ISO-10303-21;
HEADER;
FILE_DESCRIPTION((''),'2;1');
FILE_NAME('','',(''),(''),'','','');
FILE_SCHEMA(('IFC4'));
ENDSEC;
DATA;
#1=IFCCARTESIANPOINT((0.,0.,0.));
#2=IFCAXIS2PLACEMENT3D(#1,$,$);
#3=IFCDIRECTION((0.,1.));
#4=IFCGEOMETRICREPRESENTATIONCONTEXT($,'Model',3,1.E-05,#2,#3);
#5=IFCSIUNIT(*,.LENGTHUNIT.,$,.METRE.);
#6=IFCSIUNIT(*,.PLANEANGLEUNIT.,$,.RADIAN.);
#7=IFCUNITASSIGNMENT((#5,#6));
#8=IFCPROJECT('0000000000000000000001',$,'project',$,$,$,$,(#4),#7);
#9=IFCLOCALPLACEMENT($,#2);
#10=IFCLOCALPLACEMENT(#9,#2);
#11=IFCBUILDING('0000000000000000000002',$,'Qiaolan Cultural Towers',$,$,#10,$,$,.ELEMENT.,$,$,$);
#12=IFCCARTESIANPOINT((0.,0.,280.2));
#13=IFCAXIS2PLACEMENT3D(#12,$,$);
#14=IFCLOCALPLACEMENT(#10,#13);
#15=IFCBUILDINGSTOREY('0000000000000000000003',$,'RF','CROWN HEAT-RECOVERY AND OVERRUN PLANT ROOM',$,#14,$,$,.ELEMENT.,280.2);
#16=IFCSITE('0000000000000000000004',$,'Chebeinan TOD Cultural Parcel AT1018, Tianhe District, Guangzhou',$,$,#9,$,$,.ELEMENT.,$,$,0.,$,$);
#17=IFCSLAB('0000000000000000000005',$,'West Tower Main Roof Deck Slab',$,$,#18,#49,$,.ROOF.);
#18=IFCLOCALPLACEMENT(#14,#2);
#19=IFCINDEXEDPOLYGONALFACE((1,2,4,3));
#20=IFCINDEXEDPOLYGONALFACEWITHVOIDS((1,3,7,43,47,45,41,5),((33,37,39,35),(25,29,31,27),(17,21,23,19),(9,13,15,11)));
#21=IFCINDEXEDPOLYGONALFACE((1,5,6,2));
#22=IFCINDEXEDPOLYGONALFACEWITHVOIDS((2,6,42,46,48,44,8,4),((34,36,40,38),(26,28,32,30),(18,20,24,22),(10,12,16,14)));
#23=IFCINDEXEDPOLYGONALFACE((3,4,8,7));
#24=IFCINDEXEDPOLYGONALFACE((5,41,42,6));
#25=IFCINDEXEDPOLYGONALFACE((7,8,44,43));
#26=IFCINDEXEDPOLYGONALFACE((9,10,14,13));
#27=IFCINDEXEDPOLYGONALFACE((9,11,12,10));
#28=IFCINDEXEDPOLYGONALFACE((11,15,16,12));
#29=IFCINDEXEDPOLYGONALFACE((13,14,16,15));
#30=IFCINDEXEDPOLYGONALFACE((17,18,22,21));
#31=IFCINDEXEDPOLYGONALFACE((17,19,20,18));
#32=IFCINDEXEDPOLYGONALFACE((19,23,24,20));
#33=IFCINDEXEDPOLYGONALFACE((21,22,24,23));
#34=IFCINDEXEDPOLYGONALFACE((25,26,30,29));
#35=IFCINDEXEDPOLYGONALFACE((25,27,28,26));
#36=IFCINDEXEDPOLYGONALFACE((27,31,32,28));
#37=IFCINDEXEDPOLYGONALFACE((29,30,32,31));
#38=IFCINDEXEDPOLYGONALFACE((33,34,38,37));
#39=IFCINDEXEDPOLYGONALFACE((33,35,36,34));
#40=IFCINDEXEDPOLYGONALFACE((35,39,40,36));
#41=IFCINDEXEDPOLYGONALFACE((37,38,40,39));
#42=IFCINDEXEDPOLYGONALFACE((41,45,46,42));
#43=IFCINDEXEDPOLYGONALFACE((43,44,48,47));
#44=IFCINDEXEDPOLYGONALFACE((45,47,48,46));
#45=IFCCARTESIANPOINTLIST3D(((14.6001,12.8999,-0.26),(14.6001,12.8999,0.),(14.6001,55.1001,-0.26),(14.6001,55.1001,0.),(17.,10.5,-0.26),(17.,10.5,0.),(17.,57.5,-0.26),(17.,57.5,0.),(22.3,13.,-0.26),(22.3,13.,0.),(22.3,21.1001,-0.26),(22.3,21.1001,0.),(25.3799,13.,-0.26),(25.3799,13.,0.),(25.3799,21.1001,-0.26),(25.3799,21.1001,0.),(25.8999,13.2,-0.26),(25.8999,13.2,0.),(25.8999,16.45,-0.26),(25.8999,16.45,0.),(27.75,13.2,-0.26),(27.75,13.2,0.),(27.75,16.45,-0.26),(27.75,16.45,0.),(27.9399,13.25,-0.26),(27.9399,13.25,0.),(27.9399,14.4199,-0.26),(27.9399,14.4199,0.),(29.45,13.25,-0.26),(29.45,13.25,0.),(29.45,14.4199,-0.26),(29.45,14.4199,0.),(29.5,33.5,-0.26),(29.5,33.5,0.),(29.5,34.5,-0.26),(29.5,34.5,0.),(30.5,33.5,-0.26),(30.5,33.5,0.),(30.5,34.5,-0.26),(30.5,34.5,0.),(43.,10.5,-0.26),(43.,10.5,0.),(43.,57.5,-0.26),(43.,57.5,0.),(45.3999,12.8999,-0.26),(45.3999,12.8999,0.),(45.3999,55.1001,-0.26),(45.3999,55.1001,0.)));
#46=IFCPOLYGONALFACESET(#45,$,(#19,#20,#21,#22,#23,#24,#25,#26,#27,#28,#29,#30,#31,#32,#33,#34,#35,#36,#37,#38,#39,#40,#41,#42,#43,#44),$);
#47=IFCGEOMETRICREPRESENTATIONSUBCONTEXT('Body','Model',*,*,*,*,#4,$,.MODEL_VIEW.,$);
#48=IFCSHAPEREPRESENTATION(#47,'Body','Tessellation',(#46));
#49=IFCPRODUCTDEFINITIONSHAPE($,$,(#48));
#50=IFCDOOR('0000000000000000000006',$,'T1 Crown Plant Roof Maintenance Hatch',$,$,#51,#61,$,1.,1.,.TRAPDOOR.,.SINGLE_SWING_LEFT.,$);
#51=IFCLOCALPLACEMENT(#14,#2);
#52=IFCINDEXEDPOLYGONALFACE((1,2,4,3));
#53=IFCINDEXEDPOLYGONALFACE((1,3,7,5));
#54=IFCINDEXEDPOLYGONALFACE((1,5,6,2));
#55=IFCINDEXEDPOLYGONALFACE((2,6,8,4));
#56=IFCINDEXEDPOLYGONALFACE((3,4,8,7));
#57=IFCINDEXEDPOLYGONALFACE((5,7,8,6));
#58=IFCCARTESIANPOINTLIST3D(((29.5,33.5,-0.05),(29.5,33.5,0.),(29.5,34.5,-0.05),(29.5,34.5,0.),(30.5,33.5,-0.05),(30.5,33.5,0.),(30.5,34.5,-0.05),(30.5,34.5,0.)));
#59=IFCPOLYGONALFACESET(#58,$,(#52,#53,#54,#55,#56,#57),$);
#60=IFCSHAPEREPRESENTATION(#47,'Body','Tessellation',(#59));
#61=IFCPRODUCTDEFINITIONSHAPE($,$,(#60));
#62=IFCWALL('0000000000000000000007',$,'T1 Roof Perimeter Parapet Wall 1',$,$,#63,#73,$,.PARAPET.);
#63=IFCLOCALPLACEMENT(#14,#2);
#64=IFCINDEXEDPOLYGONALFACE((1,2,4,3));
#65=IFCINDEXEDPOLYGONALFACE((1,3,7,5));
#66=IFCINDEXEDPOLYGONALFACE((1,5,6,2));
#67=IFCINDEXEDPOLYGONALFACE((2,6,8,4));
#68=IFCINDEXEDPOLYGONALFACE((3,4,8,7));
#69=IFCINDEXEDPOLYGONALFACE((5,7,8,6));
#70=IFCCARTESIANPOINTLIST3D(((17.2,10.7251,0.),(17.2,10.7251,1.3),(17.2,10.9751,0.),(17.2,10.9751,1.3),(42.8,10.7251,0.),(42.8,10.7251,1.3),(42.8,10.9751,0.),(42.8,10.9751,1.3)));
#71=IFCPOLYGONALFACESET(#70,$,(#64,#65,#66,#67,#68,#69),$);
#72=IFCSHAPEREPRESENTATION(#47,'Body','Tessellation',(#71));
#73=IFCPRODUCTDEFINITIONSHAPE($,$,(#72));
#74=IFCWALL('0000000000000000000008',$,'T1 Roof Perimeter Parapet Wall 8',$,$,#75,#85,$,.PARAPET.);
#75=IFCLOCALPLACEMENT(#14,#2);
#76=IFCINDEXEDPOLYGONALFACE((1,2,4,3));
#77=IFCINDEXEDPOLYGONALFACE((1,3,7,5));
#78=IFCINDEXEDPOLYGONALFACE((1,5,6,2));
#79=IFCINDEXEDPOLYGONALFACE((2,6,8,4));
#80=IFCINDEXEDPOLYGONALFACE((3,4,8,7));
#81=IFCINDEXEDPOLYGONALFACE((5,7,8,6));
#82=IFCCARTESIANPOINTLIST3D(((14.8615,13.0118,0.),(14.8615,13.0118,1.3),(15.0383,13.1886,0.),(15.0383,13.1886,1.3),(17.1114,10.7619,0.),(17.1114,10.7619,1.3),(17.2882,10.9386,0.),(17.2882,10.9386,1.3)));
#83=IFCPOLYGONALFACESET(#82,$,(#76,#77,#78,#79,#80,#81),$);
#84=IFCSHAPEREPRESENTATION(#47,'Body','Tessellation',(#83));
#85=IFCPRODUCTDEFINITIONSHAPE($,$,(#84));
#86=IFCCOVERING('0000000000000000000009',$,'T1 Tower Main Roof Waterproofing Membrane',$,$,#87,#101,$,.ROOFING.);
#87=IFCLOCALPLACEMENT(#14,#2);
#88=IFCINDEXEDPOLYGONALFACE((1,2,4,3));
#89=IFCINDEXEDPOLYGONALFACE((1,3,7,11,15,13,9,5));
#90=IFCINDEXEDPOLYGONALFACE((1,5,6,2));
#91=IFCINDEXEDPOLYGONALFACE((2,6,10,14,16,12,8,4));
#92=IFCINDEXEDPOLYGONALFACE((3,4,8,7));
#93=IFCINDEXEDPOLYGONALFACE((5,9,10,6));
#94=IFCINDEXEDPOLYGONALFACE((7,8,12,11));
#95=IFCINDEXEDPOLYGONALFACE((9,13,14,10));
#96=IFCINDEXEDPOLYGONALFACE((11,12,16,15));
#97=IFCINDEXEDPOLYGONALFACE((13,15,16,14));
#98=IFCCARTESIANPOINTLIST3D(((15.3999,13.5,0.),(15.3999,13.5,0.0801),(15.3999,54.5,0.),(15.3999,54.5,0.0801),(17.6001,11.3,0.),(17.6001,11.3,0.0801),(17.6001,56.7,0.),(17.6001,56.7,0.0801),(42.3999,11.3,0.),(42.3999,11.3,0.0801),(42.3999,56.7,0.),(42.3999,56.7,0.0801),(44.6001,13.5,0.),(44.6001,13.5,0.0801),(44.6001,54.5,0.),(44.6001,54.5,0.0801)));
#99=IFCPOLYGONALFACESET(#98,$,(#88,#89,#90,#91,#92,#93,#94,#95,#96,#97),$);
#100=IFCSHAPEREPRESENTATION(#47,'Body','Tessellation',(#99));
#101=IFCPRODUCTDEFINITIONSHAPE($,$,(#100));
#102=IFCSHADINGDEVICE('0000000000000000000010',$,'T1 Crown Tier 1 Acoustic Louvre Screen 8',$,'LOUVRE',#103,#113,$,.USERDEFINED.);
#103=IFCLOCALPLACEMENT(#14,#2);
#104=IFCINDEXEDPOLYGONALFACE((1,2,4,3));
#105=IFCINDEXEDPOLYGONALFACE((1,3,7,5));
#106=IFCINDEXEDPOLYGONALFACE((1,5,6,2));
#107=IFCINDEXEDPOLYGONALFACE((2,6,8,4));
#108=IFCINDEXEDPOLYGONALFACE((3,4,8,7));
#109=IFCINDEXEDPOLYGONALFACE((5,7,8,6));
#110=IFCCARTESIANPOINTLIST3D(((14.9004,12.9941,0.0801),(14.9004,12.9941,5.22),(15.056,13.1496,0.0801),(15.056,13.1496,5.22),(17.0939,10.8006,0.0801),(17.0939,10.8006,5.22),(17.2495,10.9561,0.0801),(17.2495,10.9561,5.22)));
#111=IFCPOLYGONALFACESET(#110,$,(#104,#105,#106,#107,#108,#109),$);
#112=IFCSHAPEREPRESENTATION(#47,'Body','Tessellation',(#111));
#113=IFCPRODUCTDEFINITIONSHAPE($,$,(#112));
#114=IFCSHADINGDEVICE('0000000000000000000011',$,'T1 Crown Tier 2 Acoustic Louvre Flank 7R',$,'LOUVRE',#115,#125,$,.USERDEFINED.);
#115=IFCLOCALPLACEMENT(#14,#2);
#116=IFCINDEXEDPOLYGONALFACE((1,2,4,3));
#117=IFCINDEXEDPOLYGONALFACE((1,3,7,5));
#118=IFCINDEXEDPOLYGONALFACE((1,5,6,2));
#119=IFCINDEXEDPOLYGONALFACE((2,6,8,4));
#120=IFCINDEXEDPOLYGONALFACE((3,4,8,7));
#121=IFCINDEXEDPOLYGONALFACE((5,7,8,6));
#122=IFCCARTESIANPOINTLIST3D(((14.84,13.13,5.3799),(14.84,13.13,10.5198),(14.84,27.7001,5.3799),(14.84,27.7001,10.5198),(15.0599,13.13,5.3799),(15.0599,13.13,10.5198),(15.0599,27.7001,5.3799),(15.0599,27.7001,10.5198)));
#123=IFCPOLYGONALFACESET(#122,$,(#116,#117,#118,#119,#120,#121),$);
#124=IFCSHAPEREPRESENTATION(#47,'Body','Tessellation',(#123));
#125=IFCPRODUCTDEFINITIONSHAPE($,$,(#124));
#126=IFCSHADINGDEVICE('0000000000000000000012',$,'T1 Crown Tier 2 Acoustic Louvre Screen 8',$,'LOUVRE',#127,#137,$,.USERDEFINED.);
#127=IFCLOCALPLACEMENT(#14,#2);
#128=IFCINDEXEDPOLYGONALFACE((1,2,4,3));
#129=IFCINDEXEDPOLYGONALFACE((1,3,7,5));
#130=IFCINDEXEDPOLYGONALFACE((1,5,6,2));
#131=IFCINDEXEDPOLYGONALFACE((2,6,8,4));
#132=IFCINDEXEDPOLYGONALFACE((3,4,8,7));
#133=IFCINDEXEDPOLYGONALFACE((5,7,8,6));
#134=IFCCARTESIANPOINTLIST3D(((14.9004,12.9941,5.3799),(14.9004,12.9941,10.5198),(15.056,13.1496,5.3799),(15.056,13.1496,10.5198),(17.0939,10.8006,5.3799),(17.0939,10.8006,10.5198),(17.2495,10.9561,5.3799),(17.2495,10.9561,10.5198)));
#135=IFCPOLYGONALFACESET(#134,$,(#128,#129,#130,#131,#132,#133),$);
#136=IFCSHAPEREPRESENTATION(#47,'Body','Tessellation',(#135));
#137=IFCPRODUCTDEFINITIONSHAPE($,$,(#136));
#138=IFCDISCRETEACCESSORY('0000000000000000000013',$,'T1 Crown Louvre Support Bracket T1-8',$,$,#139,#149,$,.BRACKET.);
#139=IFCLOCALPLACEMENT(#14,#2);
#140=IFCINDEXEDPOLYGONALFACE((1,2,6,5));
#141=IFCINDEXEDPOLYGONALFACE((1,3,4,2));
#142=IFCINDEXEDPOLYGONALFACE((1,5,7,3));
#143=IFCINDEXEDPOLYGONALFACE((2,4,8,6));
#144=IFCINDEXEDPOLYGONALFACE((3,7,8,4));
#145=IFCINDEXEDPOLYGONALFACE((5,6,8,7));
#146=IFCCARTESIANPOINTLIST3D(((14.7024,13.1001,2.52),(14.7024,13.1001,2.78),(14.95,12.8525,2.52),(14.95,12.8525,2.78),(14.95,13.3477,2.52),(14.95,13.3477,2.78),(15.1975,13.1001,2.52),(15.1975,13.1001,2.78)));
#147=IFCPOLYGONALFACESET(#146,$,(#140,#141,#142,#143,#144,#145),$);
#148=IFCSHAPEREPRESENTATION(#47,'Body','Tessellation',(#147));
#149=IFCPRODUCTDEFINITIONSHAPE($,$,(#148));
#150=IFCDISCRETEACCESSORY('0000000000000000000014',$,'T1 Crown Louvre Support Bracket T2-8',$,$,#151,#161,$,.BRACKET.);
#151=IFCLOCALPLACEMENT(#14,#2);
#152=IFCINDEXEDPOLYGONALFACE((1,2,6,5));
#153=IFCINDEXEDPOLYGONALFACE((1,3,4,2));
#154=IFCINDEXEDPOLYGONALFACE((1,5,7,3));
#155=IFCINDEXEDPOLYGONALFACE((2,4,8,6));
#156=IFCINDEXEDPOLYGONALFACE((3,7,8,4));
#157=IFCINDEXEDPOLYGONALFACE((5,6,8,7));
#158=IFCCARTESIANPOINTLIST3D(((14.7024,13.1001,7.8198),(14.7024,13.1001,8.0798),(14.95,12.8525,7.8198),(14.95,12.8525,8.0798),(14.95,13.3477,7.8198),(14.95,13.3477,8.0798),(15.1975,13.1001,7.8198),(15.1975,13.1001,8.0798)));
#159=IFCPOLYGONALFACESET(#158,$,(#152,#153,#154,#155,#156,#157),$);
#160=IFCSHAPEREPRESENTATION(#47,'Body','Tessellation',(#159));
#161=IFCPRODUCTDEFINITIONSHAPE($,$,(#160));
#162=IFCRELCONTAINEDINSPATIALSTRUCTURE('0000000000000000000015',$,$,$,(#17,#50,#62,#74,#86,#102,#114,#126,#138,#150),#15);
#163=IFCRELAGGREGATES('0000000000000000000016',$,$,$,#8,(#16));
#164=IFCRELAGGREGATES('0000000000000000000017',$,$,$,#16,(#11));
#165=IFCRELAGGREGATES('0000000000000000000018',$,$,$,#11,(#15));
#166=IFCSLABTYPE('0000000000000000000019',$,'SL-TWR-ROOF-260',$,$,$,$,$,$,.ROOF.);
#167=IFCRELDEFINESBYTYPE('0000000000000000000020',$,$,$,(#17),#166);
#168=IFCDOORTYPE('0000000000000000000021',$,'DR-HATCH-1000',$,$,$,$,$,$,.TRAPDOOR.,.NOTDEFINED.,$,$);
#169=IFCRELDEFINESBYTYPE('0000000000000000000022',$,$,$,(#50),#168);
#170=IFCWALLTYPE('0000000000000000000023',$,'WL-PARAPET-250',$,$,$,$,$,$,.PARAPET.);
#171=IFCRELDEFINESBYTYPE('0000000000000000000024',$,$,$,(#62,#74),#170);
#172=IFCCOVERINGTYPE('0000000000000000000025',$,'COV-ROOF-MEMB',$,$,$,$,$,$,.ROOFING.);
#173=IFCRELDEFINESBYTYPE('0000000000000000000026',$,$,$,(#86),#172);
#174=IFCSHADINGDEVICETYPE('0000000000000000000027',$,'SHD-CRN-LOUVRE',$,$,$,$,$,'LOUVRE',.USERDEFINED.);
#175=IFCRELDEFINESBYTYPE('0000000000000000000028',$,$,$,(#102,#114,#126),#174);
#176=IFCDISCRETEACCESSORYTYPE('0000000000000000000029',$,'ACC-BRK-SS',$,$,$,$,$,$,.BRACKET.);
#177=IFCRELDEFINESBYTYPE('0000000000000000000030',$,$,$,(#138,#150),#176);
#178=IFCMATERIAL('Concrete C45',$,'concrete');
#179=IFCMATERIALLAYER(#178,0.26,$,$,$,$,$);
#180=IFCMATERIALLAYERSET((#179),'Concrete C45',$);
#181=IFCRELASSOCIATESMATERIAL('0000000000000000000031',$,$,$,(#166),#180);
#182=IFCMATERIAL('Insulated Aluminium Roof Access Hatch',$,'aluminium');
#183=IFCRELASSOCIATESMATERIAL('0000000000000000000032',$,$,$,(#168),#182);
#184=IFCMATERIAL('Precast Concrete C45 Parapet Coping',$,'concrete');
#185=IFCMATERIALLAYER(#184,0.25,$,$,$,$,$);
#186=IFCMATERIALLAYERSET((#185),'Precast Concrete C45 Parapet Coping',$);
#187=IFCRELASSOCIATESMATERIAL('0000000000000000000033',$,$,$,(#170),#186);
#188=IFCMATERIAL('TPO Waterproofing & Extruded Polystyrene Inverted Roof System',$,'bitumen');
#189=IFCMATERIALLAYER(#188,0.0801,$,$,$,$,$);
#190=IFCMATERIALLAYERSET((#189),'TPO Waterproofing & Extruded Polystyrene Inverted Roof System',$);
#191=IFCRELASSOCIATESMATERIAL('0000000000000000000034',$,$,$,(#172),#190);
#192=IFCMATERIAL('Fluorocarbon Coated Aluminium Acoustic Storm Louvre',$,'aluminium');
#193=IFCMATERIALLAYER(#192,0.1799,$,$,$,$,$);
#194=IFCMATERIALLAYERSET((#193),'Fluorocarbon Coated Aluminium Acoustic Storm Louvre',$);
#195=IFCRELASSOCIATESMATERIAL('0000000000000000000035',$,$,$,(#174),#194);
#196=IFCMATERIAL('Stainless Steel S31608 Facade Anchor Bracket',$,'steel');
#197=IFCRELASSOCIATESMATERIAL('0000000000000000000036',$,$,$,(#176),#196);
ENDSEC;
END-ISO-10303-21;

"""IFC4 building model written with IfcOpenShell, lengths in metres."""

from ifc_helpers import new_model, si_unit, direction, frame, frame_2d, origin, origin_2d, place, context, subcontext, project, spatial, polyline, rectangle, outline, extrude, material, layer, layer_set, type_object, element, fill, save


model = new_model("IFC4")

# Units and contexts
model_context = context("Model", 3, precision=1e-05, world=origin(), true_north=direction((0.0, 1.0)))
body_context = subcontext(model_context, "Body", "Model", "MODEL_VIEW")
ifc_project = project(units=[si_unit("LENGTHUNIT", "METRE"), si_unit("PLANEANGLEUNIT", "RADIAN")], contexts=[model_context])

# Site, building, storey
site_placement = place(None, origin())
site = spatial("IfcSite", under=ifc_project, at=site_placement, Name="Chebeinan TOD Cultural Parcel AT1018, Tianhe District, Guangzhou", CompositionType="ELEMENT", RefElevation=0.0)
building_placement = place(site_placement, origin())
building = spatial("IfcBuilding", under=site, at=building_placement, Name="Qiaolan Cultural Towers", CompositionType="ELEMENT")
storey_placement = place(building_placement, frame((0.0, 0.0, 280.2)))
storey = spatial("IfcBuildingStorey", under=building, at=storey_placement, Name="RF", Description="CROWN HEAT-RECOVERY AND OVERRUN PLANT ROOM", CompositionType="ELEMENT", Elevation=280.2)

# Slab, opening, door
ifc_material_1 = material(Name="Concrete C45", Category="concrete")
ifc_layer_1 = layer(ifc_material_1, 0.26)
ifc_layer_set_1 = layer_set([ifc_layer_1], Name="Concrete C45")
slab_type_1 = type_object("IfcSlabType", Name="SL-TWR-ROOF-260", PredefinedType="ROOF", material=ifc_layer_set_1)
slab_1_placement = place(storey_placement, frame((0.0, 0.0, -0.26)))
slab_1 = element("IfcSlab", 1, at=slab_1_placement, inside=storey, type_object=slab_type_1, Name="West Tower Main Roof Deck Slab", PredefinedType="ROOF", context=body_context, shape_type="SweptSolid", body=[
    extrude(outline(polyline([(17.0, 10.5), (43.0, 10.5), (45.3999, 12.8999), (45.3999, 55.1001), (43.0, 57.5), (17.0, 57.5), (14.6001, 55.1001), (14.6001, 12.8999), (17.0, 10.5)]), holes=[polyline([(22.3, 21.1001), (22.3, 13.0), (25.3799, 13.0), (25.3799, 21.1001), (22.3, 21.1001)]), polyline([(25.8999, 13.2), (27.75, 13.2), (27.75, 16.45), (25.8999, 16.45), (25.8999, 13.2)]), polyline([(27.9399, 13.25), (29.45, 13.25), (29.45, 14.4199), (27.9399, 14.4199), (27.9399, 13.25)])]), origin(), (0.0, 0.0, 1.0), 0.26),
])
opening_placement = place(slab_1_placement, frame((30.0, 34.0, 0.0)))
opening = element("IfcOpeningElement", 2, at=opening_placement, cuts=slab_1, PredefinedType="OPENING", context=body_context, shape_type="SweptSolid", body=[
    extrude(rectangle(XDim=1.0, YDim=1.0, at=origin_2d()), origin(), (0.0, 0.0, 1.0), 0.26),
])
ifc_material_2 = material(Name="Insulated Aluminium Roof Access Hatch", Category="aluminium")
door_type = type_object("IfcDoorType", Name="DR-HATCH-1000", OperationType="NOTDEFINED", PredefinedType="TRAPDOOR", material=ifc_material_2)
door_placement = place(opening_placement, frame((0.0, 0.0, 0.21)))
door = element("IfcDoor", 3, at=door_placement, inside=storey, type_object=door_type, Name="T1 Crown Plant Roof Maintenance Hatch", OperationType="SINGLE_SWING_LEFT", OverallHeight=1.0, OverallWidth=1.0, PredefinedType="TRAPDOOR", context=body_context, shape_type="SweptSolid", body=[
    extrude(rectangle(XDim=1.0, YDim=1.0, at=origin_2d()), origin(), (0.0, 0.0, 1.0), 0.05),
])
fill(opening, door)

# Walls
ifc_material_3 = material(Name="Precast Concrete C45 Parapet Coping", Category="concrete")
ifc_layer_2 = layer(ifc_material_3, 0.25)
ifc_layer_set_2 = layer_set([ifc_layer_2], Name="Precast Concrete C45 Parapet Coping")
wall_type = type_object("IfcWallType", Name="WL-PARAPET-250", PredefinedType="PARAPET", material=ifc_layer_set_2)
wall_1_placement = place(storey_placement, frame((17.2, 10.8501, 0.0), z_axis=(0.0, 0.0, 1.0), x_axis=(1.0, 0.0, 0.0)))
element("IfcWall", 4, at=wall_1_placement, inside=storey, type_object=wall_type, Name="T1 Roof Perimeter Parapet Wall 1", PredefinedType="PARAPET", context=body_context, shape_type="SweptSolid", body=[
    extrude(rectangle(XDim=25.6001, YDim=0.25, at=frame_2d((12.8, 0.0))), origin(), (0.0, 0.0, 1.0), 1.3),
])
wall_2_placement = place(storey_placement, frame((14.95, 13.1001, 0.0), z_axis=(0.0, 0.0, 1.0), x_axis=(0.707107, -0.707107, 0.0)))
element("IfcWall", 5, at=wall_2_placement, inside=storey, type_object=wall_type, Name="T1 Roof Perimeter Parapet Wall 8", PredefinedType="PARAPET", context=body_context, shape_type="SweptSolid", body=[
    extrude(rectangle(XDim=3.1819, YDim=0.25, at=frame_2d((1.5908, 0.0))), origin(), (0.0, 0.0, 1.0), 1.3),
])

# Covering
ifc_material_4 = material(Name="TPO Waterproofing & Extruded Polystyrene Inverted Roof System", Category="bitumen")
ifc_layer_3 = layer(ifc_material_4, 0.0801)
ifc_layer_set_3 = layer_set([ifc_layer_3], Name="TPO Waterproofing & Extruded Polystyrene Inverted Roof System")
covering_type = type_object("IfcCoveringType", Name="COV-ROOF-MEMB", PredefinedType="ROOFING", material=ifc_layer_set_3)
covering_placement = place(storey_placement, origin())
element("IfcCovering", 6, at=covering_placement, inside=storey, type_object=covering_type, Name="T1 Tower Main Roof Waterproofing Membrane", PredefinedType="ROOFING", context=body_context, shape_type="SweptSolid", body=[
    extrude(outline(polyline([(17.6001, 11.3), (42.3999, 11.3), (44.6001, 13.5), (44.6001, 54.5), (42.3999, 56.7), (17.6001, 56.7), (15.3999, 54.5), (15.3999, 13.5), (17.6001, 11.3)])), origin(), (0.0, 0.0, 1.0), 0.0801),
])

# Shading devices
ifc_material_5 = material(Name="Fluorocarbon Coated Aluminium Acoustic Storm Louvre", Category="aluminium")
ifc_layer_4 = layer(ifc_material_5, 0.1799)
ifc_layer_set_4 = layer_set([ifc_layer_4], Name="Fluorocarbon Coated Aluminium Acoustic Storm Louvre")
shading_device_type = type_object("IfcShadingDeviceType", Name="SHD-CRN-LOUVRE", ElementType="LOUVRE", PredefinedType="USERDEFINED", material=ifc_layer_set_4)
shading_device_1_placement = place(storey_placement, frame((16.075, 11.9751, 0.0801), z_axis=(0.0, 0.0, 1.0), x_axis=(0.707107, -0.707107, 0.0)))
element("IfcShadingDevice", 7, at=shading_device_1_placement, inside=storey, type_object=shading_device_type, Name="T1 Crown Tier 1 Acoustic Louvre Screen 8", ObjectType="LOUVRE", PredefinedType="USERDEFINED", context=body_context, shape_type="SweptSolid", body=[
    extrude(rectangle(XDim=3.1021, YDim=0.22, at=origin_2d()), origin(), (0.0, 0.0, 1.0), 5.1399),
])
shading_device_2_placement = place(storey_placement, frame((14.95, 20.415, 5.3799), z_axis=(0.0, 0.0, 1.0), x_axis=(0.0, -1.0, 0.0)))
element("IfcShadingDevice", 8, at=shading_device_2_placement, inside=storey, type_object=shading_device_type, Name="T1 Crown Tier 2 Acoustic Louvre Flank 7R", ObjectType="LOUVRE", PredefinedType="USERDEFINED", context=body_context, shape_type="SweptSolid", body=[
    extrude(rectangle(XDim=14.5701, YDim=0.22, at=origin_2d()), origin(), (0.0, 0.0, 1.0), 5.1399),
])
shading_device_3_placement = place(storey_placement, frame((16.075, 11.9751, 5.3799), z_axis=(0.0, 0.0, 1.0), x_axis=(0.707107, -0.707107, 0.0)))
element("IfcShadingDevice", 9, at=shading_device_3_placement, inside=storey, type_object=shading_device_type, Name="T1 Crown Tier 2 Acoustic Louvre Screen 8", ObjectType="LOUVRE", PredefinedType="USERDEFINED", context=body_context, shape_type="SweptSolid", body=[
    extrude(rectangle(XDim=3.1021, YDim=0.22, at=origin_2d()), origin(), (0.0, 0.0, 1.0), 5.1399),
])

# Discrete accessories
ifc_material_6 = material(Name="Stainless Steel S31608 Facade Anchor Bracket", Category="steel")
discrete_accessory_type = type_object("IfcDiscreteAccessoryType", Name="ACC-BRK-SS", PredefinedType="BRACKET", material=ifc_material_6)
for number, where, z_axis, x_axis, name in (
    (10, (14.95, 13.1001, 2.52), (0.0, 0.0, 1.0), (0.707107, -0.707107, 0.0), "T1 Crown Louvre Support Bracket T1-8"),
    (11, (14.95, 13.1001, 7.8198), (0.0, 0.0, 1.0), (0.707107, -0.707107, 0.0), "T1 Crown Louvre Support Bracket T2-8"),
):
    element("IfcDiscreteAccessory", number, at=place(storey_placement, frame(where, z_axis=z_axis, x_axis=x_axis)), inside=storey, type_object=discrete_accessory_type, Name=name, PredefinedType="BRACKET", context=body_context, shape_type="SweptSolid", body=[
        extrude(rectangle(XDim=0.3501, YDim=0.3501, at=origin_2d()), origin(), (0.0, 0.0, 1.0), 0.26),
    ])

save(model, "model.ifc")
